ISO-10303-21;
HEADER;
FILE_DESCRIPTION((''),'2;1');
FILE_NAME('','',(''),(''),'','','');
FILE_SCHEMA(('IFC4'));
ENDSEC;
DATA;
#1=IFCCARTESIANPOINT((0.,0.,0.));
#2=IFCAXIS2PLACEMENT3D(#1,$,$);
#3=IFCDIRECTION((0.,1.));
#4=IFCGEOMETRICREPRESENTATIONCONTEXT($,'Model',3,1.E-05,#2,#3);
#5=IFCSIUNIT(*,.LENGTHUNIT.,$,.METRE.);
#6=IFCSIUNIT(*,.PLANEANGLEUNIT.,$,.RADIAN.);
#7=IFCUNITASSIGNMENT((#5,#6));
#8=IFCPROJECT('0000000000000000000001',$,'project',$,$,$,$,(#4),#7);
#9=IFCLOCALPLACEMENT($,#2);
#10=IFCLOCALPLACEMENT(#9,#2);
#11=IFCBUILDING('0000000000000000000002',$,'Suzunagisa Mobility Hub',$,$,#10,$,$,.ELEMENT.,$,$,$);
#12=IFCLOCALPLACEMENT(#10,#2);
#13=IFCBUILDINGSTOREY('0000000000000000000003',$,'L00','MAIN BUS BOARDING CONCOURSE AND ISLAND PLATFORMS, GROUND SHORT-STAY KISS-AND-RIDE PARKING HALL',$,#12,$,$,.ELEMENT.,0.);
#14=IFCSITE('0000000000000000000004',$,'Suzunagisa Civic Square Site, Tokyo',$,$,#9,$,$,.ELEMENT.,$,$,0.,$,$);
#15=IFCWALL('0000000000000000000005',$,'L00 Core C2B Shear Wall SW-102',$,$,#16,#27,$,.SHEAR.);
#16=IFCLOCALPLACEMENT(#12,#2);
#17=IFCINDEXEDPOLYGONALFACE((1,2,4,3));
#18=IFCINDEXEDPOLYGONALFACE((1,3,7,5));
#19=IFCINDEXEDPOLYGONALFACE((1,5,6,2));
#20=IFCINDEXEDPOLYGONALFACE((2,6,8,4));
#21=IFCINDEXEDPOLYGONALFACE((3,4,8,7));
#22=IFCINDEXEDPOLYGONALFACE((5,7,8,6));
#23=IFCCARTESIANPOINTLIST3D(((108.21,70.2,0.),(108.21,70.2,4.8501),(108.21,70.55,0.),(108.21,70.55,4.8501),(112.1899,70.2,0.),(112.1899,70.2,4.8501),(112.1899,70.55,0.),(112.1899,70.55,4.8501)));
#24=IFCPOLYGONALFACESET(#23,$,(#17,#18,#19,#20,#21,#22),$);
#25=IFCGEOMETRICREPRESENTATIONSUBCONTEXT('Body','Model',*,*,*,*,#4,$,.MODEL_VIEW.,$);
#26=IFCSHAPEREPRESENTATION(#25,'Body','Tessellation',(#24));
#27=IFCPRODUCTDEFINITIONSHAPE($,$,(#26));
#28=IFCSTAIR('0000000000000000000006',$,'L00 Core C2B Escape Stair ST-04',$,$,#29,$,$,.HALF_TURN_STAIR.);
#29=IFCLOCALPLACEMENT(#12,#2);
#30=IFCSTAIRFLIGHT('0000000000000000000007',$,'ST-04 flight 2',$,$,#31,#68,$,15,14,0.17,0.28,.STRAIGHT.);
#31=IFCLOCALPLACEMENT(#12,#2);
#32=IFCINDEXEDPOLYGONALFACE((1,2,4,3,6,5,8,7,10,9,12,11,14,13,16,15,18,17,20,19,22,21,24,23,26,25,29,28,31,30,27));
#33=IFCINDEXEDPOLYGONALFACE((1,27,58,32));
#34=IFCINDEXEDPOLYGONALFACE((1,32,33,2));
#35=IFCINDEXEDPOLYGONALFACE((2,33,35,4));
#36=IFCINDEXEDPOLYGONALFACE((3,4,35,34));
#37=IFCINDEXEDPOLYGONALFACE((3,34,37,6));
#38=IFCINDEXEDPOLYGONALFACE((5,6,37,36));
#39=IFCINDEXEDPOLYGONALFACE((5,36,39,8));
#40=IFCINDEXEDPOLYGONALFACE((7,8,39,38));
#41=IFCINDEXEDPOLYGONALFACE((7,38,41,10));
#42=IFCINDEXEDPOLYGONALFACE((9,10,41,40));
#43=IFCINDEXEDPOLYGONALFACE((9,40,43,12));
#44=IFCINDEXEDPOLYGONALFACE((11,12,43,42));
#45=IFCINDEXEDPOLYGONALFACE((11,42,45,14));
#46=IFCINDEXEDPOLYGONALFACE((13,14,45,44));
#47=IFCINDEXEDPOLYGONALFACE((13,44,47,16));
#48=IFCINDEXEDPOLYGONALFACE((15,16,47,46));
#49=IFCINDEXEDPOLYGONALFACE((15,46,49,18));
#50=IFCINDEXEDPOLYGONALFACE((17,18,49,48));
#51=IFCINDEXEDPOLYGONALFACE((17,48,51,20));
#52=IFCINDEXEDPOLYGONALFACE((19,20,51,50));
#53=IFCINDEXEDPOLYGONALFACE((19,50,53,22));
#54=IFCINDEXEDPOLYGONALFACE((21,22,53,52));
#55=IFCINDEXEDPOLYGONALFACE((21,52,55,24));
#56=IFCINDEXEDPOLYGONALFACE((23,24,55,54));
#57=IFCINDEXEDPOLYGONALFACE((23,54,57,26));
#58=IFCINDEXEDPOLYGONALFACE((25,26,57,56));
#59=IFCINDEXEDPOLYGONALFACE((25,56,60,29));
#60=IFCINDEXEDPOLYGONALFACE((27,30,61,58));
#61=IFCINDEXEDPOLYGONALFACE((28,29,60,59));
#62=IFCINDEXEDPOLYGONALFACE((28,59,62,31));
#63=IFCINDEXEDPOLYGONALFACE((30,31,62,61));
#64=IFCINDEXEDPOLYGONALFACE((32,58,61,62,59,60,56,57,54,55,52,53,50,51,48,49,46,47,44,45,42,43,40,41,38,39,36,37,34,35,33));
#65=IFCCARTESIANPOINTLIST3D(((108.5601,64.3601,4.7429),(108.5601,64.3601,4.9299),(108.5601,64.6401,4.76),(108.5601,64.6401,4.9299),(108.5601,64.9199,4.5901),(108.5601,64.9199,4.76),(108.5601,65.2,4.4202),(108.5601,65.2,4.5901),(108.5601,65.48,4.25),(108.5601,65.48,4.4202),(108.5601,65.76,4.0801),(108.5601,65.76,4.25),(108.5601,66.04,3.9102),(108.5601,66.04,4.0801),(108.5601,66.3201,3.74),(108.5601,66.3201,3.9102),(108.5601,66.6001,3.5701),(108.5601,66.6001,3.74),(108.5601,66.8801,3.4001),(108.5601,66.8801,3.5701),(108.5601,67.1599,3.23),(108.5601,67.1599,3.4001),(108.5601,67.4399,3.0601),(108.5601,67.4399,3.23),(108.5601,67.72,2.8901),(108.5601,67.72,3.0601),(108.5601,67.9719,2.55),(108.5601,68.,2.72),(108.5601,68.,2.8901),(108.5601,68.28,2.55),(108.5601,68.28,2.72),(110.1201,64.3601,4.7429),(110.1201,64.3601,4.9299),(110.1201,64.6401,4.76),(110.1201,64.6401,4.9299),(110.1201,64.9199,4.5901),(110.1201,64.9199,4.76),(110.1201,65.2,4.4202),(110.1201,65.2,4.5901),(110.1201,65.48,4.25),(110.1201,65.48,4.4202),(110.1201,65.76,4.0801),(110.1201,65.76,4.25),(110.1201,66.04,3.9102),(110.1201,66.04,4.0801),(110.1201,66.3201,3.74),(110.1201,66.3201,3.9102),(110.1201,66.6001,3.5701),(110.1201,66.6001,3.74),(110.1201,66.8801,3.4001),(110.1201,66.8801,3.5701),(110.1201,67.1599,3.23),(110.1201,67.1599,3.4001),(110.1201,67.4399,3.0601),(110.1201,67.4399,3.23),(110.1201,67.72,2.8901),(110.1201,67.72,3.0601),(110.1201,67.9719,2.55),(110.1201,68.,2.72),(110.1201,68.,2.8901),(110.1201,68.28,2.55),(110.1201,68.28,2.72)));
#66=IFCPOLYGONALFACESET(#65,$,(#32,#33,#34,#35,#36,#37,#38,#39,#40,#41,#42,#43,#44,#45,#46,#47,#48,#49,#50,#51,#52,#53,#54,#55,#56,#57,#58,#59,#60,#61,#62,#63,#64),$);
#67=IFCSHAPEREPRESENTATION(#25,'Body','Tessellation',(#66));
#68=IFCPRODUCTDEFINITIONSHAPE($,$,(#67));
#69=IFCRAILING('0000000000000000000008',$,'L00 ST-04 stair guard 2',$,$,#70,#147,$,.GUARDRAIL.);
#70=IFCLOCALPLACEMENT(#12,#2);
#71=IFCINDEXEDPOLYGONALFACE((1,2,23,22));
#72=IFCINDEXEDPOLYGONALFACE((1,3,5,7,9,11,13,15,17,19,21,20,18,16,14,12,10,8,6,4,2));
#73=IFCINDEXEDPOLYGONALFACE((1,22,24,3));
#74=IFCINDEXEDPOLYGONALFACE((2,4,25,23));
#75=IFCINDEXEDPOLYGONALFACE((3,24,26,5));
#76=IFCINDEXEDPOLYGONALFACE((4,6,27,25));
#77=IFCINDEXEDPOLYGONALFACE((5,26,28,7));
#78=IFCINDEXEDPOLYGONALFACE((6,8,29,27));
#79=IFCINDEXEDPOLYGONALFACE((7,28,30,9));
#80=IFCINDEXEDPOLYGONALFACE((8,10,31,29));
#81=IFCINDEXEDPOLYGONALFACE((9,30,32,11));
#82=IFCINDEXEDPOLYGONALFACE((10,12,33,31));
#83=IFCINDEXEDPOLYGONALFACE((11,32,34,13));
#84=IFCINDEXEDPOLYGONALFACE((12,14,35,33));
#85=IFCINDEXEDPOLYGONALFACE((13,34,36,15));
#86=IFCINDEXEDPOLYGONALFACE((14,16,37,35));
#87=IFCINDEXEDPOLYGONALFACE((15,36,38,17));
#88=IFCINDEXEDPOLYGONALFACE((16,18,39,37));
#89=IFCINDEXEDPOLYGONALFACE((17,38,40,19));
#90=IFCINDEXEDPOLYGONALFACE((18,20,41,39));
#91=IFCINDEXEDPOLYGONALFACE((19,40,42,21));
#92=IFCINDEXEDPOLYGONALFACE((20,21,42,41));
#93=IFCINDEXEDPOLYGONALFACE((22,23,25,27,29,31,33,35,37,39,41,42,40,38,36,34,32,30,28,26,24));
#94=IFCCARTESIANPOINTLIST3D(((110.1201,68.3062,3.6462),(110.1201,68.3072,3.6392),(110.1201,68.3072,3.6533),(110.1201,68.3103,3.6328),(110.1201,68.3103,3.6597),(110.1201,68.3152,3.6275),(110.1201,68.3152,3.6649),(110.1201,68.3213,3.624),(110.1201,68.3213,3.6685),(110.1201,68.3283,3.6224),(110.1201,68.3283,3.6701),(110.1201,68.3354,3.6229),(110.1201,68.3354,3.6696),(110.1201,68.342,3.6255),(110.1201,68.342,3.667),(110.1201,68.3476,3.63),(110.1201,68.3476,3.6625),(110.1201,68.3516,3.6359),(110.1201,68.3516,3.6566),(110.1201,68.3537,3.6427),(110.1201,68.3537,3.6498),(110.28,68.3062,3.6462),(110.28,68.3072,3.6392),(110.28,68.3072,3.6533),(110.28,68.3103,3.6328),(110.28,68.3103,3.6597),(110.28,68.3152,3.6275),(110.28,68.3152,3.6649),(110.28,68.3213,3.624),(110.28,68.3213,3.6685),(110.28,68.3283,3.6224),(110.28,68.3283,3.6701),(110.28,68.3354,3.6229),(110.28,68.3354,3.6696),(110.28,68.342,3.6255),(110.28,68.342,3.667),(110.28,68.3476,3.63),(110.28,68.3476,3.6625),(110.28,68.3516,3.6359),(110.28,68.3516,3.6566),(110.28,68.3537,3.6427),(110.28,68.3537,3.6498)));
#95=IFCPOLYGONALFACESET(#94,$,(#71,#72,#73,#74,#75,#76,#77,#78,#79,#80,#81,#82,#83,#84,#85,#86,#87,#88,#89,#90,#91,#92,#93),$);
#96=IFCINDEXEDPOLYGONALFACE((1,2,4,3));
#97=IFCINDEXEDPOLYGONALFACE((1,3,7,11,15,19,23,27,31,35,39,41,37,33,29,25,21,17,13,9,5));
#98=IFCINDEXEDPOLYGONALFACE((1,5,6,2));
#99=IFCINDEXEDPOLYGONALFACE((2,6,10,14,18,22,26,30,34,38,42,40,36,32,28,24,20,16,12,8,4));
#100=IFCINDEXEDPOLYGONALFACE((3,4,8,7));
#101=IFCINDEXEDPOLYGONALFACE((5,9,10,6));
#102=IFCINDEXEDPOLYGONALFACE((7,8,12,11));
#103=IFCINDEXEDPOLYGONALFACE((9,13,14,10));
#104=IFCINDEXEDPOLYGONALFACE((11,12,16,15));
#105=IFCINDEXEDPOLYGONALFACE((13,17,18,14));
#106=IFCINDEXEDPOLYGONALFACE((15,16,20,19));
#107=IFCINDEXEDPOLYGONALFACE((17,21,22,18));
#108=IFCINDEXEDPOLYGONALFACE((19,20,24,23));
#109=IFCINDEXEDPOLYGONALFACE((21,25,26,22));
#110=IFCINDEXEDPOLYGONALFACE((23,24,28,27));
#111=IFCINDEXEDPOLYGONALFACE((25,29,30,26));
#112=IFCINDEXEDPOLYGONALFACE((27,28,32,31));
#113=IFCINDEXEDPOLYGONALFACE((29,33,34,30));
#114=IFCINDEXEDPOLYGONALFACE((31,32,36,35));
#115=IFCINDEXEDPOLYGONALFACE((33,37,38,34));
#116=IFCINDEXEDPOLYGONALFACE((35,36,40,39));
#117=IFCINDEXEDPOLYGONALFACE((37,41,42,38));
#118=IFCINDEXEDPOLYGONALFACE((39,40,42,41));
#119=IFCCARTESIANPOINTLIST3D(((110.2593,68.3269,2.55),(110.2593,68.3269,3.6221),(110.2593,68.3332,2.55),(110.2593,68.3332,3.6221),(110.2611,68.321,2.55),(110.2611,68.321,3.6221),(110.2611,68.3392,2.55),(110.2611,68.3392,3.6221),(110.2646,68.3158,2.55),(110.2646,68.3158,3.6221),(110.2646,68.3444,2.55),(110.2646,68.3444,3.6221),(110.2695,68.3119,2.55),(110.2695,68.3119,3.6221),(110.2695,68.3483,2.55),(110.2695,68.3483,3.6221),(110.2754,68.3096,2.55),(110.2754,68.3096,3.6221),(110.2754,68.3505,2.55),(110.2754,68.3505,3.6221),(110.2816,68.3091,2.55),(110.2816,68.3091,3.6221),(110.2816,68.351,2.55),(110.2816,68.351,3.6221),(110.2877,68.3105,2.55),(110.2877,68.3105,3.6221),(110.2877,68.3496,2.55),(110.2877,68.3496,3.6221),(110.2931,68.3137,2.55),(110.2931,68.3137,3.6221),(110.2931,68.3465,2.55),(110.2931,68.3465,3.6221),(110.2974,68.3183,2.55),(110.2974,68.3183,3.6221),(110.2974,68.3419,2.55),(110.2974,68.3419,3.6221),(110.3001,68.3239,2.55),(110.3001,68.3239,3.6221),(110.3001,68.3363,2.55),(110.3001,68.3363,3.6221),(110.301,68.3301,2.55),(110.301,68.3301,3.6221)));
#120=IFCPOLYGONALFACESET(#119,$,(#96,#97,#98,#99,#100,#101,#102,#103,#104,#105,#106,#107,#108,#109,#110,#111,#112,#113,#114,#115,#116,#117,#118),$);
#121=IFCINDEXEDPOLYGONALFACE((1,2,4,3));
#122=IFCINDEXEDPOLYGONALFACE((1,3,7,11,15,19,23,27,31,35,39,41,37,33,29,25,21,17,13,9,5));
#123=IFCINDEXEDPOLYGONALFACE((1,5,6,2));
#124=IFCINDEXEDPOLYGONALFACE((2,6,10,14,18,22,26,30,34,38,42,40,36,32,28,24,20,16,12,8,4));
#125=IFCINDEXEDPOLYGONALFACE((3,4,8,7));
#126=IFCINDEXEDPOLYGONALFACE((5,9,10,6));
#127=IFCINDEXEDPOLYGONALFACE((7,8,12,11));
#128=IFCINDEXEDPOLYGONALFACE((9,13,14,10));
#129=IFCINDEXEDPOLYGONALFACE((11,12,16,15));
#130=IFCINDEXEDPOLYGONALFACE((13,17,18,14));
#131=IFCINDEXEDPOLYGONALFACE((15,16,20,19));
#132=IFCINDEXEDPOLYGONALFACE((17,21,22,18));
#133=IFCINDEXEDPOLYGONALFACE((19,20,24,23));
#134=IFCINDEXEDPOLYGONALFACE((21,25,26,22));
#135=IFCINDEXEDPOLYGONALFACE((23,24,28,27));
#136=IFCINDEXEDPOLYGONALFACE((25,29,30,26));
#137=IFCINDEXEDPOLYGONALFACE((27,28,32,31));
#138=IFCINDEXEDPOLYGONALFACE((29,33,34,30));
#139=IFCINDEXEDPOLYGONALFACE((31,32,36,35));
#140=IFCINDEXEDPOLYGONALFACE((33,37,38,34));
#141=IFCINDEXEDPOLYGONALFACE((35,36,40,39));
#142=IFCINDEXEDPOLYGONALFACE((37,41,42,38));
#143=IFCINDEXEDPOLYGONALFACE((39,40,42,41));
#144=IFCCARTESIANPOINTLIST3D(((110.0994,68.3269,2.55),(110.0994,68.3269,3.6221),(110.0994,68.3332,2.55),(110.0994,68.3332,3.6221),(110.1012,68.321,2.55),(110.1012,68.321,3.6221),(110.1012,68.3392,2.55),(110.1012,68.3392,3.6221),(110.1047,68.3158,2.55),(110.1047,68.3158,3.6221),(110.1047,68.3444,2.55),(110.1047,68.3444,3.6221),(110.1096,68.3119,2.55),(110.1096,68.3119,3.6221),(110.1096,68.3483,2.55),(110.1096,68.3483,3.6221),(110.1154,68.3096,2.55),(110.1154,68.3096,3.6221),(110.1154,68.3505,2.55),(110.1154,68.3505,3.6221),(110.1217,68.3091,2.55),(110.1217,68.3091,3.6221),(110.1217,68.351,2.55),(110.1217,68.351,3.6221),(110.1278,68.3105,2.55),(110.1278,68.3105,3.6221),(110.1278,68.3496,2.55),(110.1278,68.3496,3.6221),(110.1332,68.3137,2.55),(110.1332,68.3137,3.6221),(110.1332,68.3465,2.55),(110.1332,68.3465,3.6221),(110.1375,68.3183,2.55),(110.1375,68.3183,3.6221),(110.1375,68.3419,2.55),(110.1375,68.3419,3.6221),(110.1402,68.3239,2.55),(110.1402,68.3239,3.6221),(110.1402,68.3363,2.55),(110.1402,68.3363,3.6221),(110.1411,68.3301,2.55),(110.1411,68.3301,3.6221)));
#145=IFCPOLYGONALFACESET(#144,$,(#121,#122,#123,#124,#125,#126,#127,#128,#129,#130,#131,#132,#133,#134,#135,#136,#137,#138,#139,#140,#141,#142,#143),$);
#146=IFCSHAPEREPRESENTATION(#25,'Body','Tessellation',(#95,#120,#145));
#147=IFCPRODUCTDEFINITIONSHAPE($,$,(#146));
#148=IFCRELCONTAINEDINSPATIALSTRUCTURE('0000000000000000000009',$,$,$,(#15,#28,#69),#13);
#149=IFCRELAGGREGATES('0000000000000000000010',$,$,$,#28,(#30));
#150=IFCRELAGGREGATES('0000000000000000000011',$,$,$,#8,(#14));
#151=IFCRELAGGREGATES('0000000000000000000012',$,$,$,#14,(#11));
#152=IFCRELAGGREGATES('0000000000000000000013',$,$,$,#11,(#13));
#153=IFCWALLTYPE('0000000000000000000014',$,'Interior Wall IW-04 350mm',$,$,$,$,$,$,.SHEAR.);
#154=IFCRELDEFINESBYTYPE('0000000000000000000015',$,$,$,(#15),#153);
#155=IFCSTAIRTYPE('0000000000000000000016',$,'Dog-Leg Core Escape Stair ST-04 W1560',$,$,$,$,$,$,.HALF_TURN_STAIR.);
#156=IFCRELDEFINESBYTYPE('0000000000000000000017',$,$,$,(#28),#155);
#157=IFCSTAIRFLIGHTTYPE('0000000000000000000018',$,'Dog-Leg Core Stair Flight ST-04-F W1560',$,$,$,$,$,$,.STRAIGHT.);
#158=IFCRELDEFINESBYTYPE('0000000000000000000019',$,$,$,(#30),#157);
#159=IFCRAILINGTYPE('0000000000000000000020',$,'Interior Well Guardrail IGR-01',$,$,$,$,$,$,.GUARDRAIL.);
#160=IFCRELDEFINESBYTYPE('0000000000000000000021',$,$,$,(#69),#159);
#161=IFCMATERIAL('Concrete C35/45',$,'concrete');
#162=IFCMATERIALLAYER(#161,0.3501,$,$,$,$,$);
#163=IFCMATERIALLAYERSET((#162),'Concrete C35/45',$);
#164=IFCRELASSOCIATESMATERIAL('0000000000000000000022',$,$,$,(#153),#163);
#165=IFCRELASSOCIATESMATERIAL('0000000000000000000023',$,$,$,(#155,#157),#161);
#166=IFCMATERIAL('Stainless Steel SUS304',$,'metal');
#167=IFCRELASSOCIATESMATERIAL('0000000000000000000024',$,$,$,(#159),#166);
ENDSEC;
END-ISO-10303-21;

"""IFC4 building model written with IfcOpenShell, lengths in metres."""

from ifc_helpers import new_model, si_unit, direction, frame, frame_2d, origin, origin_2d, place, context, subcontext, project, spatial, polyline, rectangle, circle, outline, extrude, material, layer, layer_set, type_object, element, aggregate, save


model = new_model("IFC4")

# Units and contexts
model_context = context("Model", 3, precision=1e-05, world=origin(), true_north=direction((0.0, 1.0)))
body_context = subcontext(model_context, "Body", "Model", "MODEL_VIEW")
ifc_project = project(units=[si_unit("LENGTHUNIT", "METRE"), si_unit("PLANEANGLEUNIT", "RADIAN")], contexts=[model_context])

# Site, building, storey
site_placement = place(None, origin())
site = spatial("IfcSite", under=ifc_project, at=site_placement, Name="Suzunagisa Civic Square Site, Tokyo", CompositionType="ELEMENT", RefElevation=0.0)
building_placement = place(site_placement, origin())
building = spatial("IfcBuilding", under=site, at=building_placement, Name="Suzunagisa Mobility Hub", CompositionType="ELEMENT")
storey_placement = place(building_placement, origin())
storey = spatial("IfcBuildingStorey", under=building, at=storey_placement, Name="L00", Description="MAIN BUS BOARDING CONCOURSE AND ISLAND PLATFORMS, GROUND SHORT-STAY KISS-AND-RIDE PARKING HALL", CompositionType="ELEMENT", Elevation=0.0)

# Wall
ifc_material_1 = material(Name="Concrete C35/45", Category="concrete")
ifc_layer_1 = layer(ifc_material_1, 0.3501)
ifc_layer_set_1 = layer_set([ifc_layer_1], Name="Concrete C35/45")
wall_type_1 = type_object("IfcWallType", Name="Interior Wall IW-04 350mm", PredefinedType="SHEAR", material=ifc_layer_set_1)
wall_1_placement = place(storey_placement, frame((108.21, 70.375, 0.0), z_axis=(0.0, 0.0, 1.0), x_axis=(1.0, 0.0, 0.0)))
element("IfcWall", 1, at=wall_1_placement, inside=storey, type_object=wall_type_1, Name="L00 Core C2B Shear Wall SW-102", PredefinedType="SHEAR", context=body_context, shape_type="SweptSolid", body=[
    extrude(rectangle(XDim=3.98, YDim=0.3501, at=frame_2d((1.99, 0.0))), origin(), (0.0, 0.0, 1.0), 4.8501),
])

# Stair, stair flight
stair_type = type_object("IfcStairType", Name="Dog-Leg Core Escape Stair ST-04 W1560", PredefinedType="HALF_TURN_STAIR", material=ifc_material_1)
stair_placement = place(storey_placement, origin())
stair = element("IfcStair", 2, at=stair_placement, inside=storey, type_object=stair_type, Name="L00 Core C2B Escape Stair ST-04", PredefinedType="HALF_TURN_STAIR")
stair_flight_type = type_object("IfcStairFlightType", Name="Dog-Leg Core Stair Flight ST-04-F W1560", PredefinedType="STRAIGHT", material=ifc_material_1)
stair_flight_placement = place(storey_placement, frame((109.3401, 68.28, 2.55), z_axis=(0.0, 0.0, 1.0), x_axis=(0.0, -1.0, 0.0)))
stair_flight = element("IfcStairFlight", 3, at=stair_flight_placement, type_object=stair_flight_type, Name="ST-04 flight 2", NumberOfRisers=15, NumberOfTreads=14, PredefinedType="STRAIGHT", RiserHeight=0.17, TreadLength=0.28, context=body_context, shape_type="SweptSolid", body=[
    extrude(outline(polyline([(0.0, 0.0), (0.0, 0.1699), (0.28, 0.1699), (0.28, 0.3401), (0.5601, 0.3401), (0.5601, 0.51), (0.8401, 0.51), (0.8401, 0.6799), (1.1201, 0.6799), (1.1201, 0.8501), (1.3999, 0.8501), (1.3999, 1.02), (1.6799, 1.02), (1.6799, 1.1899), (1.96, 1.1899), (1.96, 1.3601), (2.24, 1.3601), (2.24, 1.53), (2.52, 1.53), (2.52, 1.7), (2.8, 1.7), (2.8, 1.8701), (3.0801, 1.8701), (3.0801, 2.04), (3.3601, 2.04), (3.3601, 2.21), (3.6399, 2.21), (3.6399, 2.3799), (3.9199, 2.3799), (3.9199, 2.55), (3.9199, 2.1929), (0.3081, 0.0), (0.0, 0.0)])), frame((0.0, 0.78, 0.0), z_axis=(0.0, -1.0, 0.0), x_axis=(1.0, 0.0, 0.0)), (0.0, 0.0, 1.0), 1.5601),
])
aggregate(stair, [stair_flight])

# Railing
ifc_material_2 = material(Name="Stainless Steel SUS304", Category="metal")
railing_type_1 = type_object("IfcRailingType", Name="Interior Well Guardrail IGR-01", PredefinedType="GUARDRAIL", material=ifc_material_2)
railing_1_placement = place(storey_placement, frame((110.28, 68.3301, 2.55)))
element("IfcRailing", 4, at=railing_1_placement, inside=storey, type_object=railing_type_1, Name="L00 ST-04 stair guard 2", PredefinedType="GUARDRAIL", context=body_context, shape_type="SweptSolid", body=[
    extrude(circle(Radius=0.0239, at=origin_2d()), frame((0.0, 0.0, 1.0962), z_axis=(-1.0, 0.0, 0.0), x_axis=(0.0, -1.0, 0.0)), (0.0, 0.0, 1.0), 0.1599),
    extrude(circle(Radius=0.021, at=origin_2d()), origin(), (0.0, 0.0, 1.0), 1.072),
    extrude(circle(Radius=0.021, at=origin_2d()), frame((-0.1599, 0.0, 0.0)), (0.0, 0.0, 1.0), 1.072),
])

save(model, "model.ifc")
